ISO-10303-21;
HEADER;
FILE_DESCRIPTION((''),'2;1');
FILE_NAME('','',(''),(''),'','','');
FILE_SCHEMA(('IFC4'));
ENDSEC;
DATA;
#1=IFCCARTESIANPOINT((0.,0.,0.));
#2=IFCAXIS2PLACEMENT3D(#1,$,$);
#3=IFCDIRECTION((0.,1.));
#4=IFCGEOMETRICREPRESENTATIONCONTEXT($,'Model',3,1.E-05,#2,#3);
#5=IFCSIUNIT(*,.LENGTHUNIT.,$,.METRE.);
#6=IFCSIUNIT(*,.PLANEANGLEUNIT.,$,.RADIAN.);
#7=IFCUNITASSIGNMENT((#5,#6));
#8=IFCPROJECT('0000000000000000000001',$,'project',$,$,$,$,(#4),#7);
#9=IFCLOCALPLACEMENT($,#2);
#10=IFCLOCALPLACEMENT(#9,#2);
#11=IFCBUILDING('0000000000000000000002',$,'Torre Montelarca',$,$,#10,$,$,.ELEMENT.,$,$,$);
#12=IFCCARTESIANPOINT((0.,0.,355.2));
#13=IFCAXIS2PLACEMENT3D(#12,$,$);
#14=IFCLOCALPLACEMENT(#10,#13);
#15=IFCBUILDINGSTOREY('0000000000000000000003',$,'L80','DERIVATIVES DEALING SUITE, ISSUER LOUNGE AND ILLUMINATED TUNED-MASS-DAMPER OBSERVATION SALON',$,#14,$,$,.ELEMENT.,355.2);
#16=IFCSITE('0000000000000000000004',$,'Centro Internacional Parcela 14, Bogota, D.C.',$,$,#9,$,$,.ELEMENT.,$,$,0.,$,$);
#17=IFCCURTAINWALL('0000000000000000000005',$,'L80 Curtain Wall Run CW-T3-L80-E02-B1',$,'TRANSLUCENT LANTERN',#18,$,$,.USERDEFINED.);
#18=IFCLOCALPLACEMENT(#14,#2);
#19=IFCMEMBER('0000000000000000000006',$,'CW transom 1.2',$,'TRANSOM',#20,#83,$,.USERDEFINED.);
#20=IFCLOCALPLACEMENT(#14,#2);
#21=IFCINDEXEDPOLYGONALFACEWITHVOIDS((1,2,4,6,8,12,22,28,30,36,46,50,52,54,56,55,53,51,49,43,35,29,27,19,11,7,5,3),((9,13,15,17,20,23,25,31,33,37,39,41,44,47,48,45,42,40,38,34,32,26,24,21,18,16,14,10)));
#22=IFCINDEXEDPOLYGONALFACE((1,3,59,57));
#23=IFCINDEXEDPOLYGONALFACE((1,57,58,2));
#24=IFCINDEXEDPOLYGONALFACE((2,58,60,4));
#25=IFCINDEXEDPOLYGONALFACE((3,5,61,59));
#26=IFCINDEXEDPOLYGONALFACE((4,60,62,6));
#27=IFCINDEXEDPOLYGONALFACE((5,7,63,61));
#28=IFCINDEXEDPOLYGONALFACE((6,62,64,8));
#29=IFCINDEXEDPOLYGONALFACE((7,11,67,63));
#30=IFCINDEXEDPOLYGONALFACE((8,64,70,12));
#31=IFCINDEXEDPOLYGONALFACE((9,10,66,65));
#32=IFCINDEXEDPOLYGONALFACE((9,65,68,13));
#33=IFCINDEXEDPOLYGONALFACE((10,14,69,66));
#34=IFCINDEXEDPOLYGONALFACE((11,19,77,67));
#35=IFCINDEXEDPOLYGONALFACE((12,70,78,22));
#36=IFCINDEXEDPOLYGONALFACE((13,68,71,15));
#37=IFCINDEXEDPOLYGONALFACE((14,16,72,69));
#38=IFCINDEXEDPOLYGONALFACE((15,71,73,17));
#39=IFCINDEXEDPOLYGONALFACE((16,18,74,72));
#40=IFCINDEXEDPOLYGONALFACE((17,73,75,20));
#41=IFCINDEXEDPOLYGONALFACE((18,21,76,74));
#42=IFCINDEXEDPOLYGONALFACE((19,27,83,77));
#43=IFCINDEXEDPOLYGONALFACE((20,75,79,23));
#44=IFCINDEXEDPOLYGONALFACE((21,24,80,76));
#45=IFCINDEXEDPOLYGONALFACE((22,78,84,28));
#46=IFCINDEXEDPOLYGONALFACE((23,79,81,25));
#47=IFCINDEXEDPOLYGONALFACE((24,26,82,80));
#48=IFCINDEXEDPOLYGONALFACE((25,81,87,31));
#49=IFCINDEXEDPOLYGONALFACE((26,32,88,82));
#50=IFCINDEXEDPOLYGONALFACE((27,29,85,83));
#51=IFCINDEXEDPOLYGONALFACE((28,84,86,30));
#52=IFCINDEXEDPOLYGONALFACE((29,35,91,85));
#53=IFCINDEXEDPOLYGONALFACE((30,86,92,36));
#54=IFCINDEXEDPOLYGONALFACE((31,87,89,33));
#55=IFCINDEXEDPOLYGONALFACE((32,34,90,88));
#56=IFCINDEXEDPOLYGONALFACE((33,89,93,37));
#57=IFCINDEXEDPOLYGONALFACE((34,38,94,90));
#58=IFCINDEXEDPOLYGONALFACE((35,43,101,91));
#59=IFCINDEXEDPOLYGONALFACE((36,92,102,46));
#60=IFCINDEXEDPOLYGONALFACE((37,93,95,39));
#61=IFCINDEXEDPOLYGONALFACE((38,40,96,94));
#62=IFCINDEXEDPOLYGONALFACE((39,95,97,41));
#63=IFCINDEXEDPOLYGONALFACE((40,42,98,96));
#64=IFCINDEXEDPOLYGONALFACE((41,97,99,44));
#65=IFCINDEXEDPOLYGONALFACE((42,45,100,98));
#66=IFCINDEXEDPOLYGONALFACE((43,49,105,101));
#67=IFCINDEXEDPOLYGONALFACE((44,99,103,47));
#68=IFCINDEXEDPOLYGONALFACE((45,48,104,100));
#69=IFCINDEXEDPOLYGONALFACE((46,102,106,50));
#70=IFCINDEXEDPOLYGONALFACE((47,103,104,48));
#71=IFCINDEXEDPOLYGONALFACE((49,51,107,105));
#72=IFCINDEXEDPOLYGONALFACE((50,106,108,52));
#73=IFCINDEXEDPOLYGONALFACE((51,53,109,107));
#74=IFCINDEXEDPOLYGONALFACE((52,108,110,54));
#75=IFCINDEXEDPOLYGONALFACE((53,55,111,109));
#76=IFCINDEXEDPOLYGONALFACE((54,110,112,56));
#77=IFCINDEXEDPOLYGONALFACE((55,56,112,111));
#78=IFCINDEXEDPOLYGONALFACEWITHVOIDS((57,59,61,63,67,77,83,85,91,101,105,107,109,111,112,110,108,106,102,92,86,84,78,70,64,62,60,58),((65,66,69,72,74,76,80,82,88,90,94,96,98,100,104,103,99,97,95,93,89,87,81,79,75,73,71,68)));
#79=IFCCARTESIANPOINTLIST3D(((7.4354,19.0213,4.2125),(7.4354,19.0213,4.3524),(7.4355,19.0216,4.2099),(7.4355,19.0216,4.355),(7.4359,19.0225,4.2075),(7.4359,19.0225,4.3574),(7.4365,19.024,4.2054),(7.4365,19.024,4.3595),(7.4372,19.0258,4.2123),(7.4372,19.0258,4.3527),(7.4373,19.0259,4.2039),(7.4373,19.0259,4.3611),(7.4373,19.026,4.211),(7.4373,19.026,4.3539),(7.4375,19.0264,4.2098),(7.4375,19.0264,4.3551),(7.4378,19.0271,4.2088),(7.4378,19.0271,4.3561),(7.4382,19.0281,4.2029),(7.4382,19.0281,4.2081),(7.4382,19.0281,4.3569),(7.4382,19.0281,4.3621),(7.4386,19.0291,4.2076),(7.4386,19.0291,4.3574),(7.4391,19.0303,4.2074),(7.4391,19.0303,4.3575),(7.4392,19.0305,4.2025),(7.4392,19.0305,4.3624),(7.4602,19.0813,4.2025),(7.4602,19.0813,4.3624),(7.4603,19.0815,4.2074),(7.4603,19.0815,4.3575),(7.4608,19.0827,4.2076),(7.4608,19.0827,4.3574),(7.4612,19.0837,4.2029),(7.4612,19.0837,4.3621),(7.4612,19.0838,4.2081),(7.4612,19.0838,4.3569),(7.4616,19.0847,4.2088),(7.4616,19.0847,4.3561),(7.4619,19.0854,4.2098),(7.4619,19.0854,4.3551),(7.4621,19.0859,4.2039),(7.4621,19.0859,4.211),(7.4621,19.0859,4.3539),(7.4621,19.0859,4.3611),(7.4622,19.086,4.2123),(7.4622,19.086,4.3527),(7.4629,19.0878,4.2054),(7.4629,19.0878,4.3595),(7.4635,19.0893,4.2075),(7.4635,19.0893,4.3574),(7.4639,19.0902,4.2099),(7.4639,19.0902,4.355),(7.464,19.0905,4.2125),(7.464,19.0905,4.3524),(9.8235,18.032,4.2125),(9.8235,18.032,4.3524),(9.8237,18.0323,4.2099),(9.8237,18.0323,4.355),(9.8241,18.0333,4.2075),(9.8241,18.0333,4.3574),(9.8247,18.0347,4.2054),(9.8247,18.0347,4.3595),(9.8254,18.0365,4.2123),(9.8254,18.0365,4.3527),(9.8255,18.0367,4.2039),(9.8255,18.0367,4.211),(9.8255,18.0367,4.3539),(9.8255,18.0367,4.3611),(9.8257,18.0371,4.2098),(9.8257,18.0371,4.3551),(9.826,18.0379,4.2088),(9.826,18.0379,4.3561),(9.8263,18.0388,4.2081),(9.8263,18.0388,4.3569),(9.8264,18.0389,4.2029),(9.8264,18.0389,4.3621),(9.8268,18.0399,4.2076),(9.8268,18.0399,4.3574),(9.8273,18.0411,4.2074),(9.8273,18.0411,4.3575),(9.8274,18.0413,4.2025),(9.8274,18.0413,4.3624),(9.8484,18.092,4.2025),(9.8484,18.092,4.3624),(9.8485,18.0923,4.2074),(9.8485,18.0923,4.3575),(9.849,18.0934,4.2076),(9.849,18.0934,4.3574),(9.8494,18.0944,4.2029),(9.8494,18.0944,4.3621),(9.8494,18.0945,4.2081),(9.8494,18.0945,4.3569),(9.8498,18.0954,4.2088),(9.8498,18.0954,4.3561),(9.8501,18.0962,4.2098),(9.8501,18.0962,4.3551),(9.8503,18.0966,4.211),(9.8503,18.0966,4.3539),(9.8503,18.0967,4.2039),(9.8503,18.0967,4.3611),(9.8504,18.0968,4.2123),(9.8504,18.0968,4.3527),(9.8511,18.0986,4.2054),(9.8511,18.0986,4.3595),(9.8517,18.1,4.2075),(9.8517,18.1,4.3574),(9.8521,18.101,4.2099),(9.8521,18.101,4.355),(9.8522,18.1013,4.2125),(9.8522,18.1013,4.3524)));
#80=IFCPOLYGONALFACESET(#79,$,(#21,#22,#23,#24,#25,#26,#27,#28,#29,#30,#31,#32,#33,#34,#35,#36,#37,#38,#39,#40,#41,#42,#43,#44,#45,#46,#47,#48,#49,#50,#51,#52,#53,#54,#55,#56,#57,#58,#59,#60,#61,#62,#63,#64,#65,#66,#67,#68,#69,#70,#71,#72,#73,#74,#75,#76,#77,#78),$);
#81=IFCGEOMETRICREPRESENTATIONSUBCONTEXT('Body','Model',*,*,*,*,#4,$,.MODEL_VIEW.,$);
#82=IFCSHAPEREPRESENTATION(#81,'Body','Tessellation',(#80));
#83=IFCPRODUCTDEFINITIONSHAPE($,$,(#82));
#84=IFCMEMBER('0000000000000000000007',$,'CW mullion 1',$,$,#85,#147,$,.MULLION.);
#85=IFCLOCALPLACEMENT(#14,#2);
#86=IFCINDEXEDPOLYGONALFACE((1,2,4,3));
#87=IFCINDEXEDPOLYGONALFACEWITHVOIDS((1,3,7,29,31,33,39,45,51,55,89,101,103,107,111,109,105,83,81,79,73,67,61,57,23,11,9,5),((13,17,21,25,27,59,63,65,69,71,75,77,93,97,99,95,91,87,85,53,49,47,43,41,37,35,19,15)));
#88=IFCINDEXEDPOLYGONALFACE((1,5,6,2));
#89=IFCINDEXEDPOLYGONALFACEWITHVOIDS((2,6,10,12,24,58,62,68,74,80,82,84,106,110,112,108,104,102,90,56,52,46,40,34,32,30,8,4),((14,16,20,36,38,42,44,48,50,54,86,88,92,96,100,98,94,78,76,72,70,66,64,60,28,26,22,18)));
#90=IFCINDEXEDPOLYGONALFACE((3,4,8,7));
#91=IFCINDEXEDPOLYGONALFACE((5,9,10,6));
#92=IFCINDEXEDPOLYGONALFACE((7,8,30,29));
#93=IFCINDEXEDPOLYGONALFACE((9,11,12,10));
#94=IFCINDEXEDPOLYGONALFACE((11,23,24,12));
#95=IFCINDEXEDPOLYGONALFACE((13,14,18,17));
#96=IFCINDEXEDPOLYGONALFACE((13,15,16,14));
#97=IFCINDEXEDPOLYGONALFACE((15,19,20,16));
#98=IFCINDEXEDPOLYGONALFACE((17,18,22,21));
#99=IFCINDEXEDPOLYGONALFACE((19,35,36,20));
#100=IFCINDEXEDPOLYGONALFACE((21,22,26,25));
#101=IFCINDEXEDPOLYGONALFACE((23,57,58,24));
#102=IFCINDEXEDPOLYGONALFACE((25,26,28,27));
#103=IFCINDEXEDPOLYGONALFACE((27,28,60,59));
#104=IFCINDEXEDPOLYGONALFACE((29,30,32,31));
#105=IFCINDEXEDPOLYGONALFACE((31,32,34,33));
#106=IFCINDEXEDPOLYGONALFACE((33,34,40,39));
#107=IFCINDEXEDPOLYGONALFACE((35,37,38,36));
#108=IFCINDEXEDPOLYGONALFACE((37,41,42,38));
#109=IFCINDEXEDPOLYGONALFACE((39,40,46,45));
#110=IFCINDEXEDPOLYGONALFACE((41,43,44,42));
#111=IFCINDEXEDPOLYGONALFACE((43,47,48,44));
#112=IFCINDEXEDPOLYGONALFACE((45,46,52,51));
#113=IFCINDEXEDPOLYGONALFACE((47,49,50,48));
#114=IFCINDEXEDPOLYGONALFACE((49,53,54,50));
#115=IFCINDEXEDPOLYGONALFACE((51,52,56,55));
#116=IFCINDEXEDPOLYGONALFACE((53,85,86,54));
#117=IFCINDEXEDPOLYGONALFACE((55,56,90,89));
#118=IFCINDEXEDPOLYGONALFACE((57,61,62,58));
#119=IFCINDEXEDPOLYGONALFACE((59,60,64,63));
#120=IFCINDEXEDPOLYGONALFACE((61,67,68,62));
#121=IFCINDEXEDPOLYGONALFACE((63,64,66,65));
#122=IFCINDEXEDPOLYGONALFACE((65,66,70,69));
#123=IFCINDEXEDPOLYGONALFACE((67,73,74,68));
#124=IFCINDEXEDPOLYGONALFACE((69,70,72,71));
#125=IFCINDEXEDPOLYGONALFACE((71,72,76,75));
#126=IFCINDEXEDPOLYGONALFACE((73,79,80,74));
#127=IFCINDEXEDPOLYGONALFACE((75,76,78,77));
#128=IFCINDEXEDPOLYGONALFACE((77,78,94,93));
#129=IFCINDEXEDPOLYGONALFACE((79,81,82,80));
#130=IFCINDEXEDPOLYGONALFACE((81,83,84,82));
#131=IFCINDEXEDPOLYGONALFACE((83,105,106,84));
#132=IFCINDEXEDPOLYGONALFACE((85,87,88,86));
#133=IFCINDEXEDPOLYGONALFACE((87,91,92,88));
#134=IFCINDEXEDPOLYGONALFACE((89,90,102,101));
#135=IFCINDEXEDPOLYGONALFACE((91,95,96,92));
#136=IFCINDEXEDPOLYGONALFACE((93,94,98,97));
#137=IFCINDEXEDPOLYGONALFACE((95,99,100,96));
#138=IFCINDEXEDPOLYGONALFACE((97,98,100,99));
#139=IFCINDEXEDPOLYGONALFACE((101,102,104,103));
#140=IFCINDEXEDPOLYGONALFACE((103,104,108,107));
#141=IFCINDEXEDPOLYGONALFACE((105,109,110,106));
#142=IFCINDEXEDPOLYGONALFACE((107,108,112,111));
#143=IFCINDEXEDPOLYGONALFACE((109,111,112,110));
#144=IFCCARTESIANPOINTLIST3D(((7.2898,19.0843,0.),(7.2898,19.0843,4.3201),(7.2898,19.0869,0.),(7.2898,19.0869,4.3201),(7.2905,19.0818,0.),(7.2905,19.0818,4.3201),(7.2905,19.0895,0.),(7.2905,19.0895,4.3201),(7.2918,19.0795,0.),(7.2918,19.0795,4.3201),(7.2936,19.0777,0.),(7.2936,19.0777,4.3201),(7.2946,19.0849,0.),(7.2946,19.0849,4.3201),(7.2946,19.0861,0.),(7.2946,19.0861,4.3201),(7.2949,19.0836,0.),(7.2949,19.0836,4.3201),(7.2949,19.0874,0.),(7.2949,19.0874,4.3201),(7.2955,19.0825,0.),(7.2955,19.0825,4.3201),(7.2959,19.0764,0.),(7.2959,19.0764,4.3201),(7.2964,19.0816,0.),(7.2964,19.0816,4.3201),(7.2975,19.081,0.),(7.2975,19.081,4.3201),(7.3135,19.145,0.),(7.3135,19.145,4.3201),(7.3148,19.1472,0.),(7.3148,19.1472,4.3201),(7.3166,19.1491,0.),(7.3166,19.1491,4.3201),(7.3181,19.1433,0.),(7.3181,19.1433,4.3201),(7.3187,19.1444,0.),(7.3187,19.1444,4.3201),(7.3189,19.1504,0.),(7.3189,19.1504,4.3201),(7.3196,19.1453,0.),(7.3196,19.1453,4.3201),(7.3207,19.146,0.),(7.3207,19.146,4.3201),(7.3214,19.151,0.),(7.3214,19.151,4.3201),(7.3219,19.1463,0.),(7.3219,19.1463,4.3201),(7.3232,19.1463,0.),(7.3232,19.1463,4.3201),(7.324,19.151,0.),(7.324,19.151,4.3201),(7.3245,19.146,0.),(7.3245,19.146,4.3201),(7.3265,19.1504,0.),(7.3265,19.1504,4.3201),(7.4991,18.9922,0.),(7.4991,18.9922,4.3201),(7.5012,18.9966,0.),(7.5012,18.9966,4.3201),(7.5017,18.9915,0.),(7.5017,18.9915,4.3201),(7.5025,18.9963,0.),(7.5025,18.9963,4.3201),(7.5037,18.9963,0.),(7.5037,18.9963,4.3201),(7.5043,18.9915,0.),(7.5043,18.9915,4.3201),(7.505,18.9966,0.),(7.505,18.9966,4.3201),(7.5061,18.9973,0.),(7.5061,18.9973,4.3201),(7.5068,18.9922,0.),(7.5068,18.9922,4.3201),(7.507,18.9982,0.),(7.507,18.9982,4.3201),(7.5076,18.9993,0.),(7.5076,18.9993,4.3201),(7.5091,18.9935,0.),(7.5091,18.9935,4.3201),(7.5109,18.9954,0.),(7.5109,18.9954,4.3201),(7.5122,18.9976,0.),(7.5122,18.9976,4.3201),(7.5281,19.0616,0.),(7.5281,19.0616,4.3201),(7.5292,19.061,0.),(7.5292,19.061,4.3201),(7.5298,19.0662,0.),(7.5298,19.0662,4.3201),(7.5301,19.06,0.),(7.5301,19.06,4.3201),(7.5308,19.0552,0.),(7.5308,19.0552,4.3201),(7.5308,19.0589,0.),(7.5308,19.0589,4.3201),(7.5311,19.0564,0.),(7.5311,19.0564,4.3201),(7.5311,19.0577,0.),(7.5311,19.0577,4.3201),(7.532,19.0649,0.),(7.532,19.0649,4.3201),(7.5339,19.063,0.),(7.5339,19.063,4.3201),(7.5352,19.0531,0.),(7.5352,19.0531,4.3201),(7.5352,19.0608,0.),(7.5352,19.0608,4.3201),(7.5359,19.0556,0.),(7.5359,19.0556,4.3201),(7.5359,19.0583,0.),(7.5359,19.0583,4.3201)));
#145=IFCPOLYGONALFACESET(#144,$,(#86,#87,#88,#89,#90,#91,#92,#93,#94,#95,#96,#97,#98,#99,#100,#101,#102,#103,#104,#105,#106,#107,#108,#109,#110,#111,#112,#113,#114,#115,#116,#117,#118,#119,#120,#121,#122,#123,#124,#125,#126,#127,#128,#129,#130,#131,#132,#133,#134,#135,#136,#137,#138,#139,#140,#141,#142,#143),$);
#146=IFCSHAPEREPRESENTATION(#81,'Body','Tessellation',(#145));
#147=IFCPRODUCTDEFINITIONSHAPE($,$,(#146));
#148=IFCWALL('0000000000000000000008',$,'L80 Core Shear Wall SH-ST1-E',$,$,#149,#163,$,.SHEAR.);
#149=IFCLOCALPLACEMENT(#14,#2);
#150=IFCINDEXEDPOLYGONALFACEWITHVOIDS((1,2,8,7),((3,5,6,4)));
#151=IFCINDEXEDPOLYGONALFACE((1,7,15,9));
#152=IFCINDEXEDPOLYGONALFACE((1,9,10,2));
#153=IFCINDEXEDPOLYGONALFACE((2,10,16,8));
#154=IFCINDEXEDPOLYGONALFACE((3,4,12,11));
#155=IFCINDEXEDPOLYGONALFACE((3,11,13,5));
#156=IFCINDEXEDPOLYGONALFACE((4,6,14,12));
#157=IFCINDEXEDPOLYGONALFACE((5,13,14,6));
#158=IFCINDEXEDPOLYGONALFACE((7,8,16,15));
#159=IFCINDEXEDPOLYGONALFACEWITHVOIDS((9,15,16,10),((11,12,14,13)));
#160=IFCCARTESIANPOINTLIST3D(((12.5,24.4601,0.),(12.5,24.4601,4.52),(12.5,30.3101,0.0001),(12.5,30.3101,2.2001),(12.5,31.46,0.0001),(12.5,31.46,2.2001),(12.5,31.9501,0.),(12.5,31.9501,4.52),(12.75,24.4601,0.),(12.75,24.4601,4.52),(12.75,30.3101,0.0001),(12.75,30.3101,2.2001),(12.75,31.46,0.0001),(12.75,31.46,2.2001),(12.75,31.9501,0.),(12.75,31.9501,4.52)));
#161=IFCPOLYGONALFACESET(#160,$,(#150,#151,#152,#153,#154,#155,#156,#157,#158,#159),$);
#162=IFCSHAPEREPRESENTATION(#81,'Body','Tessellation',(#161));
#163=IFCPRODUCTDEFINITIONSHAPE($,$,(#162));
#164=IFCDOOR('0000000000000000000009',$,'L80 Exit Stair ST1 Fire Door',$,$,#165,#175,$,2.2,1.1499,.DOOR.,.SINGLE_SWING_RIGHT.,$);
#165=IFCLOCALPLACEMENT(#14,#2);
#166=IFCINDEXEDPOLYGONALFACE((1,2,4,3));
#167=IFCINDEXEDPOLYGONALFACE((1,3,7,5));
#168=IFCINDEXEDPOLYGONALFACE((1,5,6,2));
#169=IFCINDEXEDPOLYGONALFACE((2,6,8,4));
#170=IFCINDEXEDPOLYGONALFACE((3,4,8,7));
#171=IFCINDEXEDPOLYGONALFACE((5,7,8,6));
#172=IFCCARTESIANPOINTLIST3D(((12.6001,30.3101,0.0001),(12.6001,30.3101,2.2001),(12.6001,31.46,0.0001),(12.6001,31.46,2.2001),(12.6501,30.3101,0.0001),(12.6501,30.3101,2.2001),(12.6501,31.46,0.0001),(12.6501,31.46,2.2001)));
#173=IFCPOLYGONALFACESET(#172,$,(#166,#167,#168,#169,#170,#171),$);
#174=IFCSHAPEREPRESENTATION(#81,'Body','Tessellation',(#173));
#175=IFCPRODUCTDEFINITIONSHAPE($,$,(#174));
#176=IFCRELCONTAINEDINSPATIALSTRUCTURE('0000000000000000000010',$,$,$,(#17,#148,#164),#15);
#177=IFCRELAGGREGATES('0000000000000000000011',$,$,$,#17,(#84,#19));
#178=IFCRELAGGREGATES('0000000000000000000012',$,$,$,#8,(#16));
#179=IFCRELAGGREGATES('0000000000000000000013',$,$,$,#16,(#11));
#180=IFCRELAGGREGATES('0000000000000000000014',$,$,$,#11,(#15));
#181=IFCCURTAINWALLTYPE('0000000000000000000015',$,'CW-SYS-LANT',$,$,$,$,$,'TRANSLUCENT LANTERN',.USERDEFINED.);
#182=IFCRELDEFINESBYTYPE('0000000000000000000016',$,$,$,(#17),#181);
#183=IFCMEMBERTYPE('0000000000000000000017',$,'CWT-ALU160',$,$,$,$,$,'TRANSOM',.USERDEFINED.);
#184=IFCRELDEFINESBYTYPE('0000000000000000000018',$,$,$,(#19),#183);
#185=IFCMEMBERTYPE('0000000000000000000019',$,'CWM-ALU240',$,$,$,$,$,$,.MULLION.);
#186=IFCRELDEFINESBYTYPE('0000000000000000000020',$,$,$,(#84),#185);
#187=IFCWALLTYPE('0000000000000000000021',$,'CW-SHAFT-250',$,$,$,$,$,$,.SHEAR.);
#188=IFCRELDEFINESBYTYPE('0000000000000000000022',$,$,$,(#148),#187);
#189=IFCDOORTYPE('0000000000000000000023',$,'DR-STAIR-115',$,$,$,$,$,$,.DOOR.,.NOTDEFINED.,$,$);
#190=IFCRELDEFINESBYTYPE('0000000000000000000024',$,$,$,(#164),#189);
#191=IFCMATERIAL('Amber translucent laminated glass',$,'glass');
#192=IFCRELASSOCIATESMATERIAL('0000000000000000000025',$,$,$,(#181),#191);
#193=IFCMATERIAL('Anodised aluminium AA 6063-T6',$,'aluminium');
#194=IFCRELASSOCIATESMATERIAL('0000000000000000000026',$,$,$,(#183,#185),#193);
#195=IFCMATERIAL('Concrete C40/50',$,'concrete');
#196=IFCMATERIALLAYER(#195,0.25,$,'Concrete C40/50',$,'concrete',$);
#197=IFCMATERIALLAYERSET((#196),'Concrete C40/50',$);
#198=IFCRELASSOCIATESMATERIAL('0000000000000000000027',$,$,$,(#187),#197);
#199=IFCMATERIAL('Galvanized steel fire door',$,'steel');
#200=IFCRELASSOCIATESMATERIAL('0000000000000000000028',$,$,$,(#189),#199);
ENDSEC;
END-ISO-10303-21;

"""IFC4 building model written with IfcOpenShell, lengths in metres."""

from ifc_helpers import new_model, si_unit, direction, frame, frame_2d, origin, origin_2d, place, context, subcontext, project, spatial, rectangle, hollow_rectangle, extrude, source, transform, mapped, material, layer, layer_set, material_profile, profile_set, type_object, element, fill, aggregate, save


model = new_model("IFC4")

# Units and contexts
model_context = context("Model", 3, precision=1e-05, world=origin(), true_north=direction((0.0, 1.0)))
body_context = subcontext(model_context, "Body", "Model", "MODEL_VIEW")
ifc_project = project(units=[si_unit("LENGTHUNIT", "METRE"), si_unit("PLANEANGLEUNIT", "RADIAN")], contexts=[model_context])

# Site, building, storey
site_placement = place(None, origin())
site = spatial("IfcSite", under=ifc_project, at=site_placement, Name="Centro Internacional Parcela 14, Bogota, D.C.", CompositionType="ELEMENT", RefElevation=0.0)
building_placement = place(site_placement, origin())
building = spatial("IfcBuilding", under=site, at=building_placement, Name="Torre Montelarca", CompositionType="ELEMENT")
storey_placement = place(building_placement, frame((0.0, 0.0, 355.2)))
storey = spatial("IfcBuildingStorey", under=building, at=storey_placement, Name="L80", Description="DERIVATIVES DEALING SUITE, ISSUER LOUNGE AND ILLUMINATED TUNED-MASS-DAMPER OBSERVATION SALON", CompositionType="ELEMENT", Elevation=355.2)

# Shared definitions
ifc_material_1 = material(Name="Concrete C40/50", Category="concrete")

# Curtain wall, members
ifc_material_2 = material(Name="Amber translucent laminated glass", Category="glass")
curtain_wall_type = type_object("IfcCurtainWallType", Name="CW-SYS-LANT", ElementType="TRANSLUCENT LANTERN", PredefinedType="USERDEFINED", material=ifc_material_2)
curtain_wall_placement = place(storey_placement, origin())
curtain_wall = element("IfcCurtainWall", 1, at=curtain_wall_placement, inside=storey, type_object=curtain_wall_type, Name="L80 Curtain Wall Run CW-T3-L80-E02-B1", ObjectType="TRANSLUCENT LANTERN", PredefinedType="USERDEFINED")
ifc_material_3 = material(Name="Anodised aluminium AA 6063-T6", Category="aluminium")
ifc_material_profile_1 = material_profile(ifc_material_3, hollow_rectangle(XDim=0.075, YDim=0.1599, WallThickness=0.0049, InnerFilletRadius=0.0049, OuterFilletRadius=0.01, at=origin_2d()), Name="ALU75X160X5", Category="aluminium")
ifc_profile_set_1 = profile_set([ifc_material_profile_1], Name="Anodised aluminium AA 6063-T6")
member_type_1 = type_object("IfcMemberType", Name="CWT-ALU160", ElementType="TRANSOM", PredefinedType="USERDEFINED", material=ifc_profile_set_1)
shared_shape_1 = source(origin(), body_context, "Body", "SweptSolid", [
    extrude(hollow_rectangle(XDim=0.075, YDim=0.1599, WallThickness=0.0049, InnerFilletRadius=0.0049, OuterFilletRadius=0.01, at=origin_2d()), origin(), (0.0, 0.0, 1.0), 2.585),
])
member_1_placement = place(storey_placement, frame((7.4497, 19.0559, 4.2825), z_axis=(0.923874, -0.382697, 0.0), x_axis=(0.382697, 0.923874, 0.0)))
member_1 = element("IfcMember", 2, at=member_1_placement, type_object=member_type_1, Name="CW transom 1.2", ObjectType="TRANSOM", PredefinedType="USERDEFINED", context=body_context, shape_type="MappedRepresentation", body=[
    mapped(shared_shape_1, transform((0.0, 0.0, 0.0), scale=1.0)),
])
ifc_material_profile_2 = material_profile(ifc_material_3, hollow_rectangle(XDim=0.0801, YDim=0.24, WallThickness=0.0049, InnerFilletRadius=0.0049, OuterFilletRadius=0.01, at=origin_2d()), Name="ALU80X240X5", Category="aluminium")
ifc_profile_set_2 = profile_set([ifc_material_profile_2], Name="Anodised aluminium AA 6063-T6")
member_type_2 = type_object("IfcMemberType", Name="CWM-ALU240", PredefinedType="MULLION", material=ifc_profile_set_2)
shared_shape_2 = source(origin(), body_context, "Body", "SweptSolid", [
    extrude(hollow_rectangle(XDim=0.0801, YDim=0.24, WallThickness=0.0049, InnerFilletRadius=0.0049, OuterFilletRadius=0.01, at=origin_2d()), origin(), (0.0, 0.0, 1.0), 4.3201),
])
member_2_placement = place(storey_placement, frame((7.4128, 19.0713, 0.0), z_axis=(0.0, 0.0, 1.0), x_axis=(0.382664, 0.923888, 0.0)))
member_2 = element("IfcMember", 3, at=member_2_placement, type_object=member_type_2, Name="CW mullion 1", PredefinedType="MULLION", context=body_context, shape_type="MappedRepresentation", body=[
    mapped(shared_shape_2, transform((0.0, 0.0, 0.0), scale=1.0)),
])
aggregate(curtain_wall, [member_2, member_1])

# Wall, opening, door
ifc_layer_1 = layer(ifc_material_1, 0.25, Name="Concrete C40/50", Category="concrete")
ifc_layer_set_1 = layer_set([ifc_layer_1], Name="Concrete C40/50")
wall_type_1 = type_object("IfcWallType", Name="CW-SHAFT-250", PredefinedType="SHEAR", material=ifc_layer_set_1)
wall_1_placement = place(storey_placement, frame((12.625, 24.46, 0.0), z_axis=(0.0, 0.0, 1.0), x_axis=(0.0, 1.0, 0.0)))
wall_1 = element("IfcWall", 4, at=wall_1_placement, inside=storey, type_object=wall_type_1, Name="L80 Core Shear Wall SH-ST1-E", PredefinedType="SHEAR", context=body_context, shape_type="SweptSolid", body=[
    extrude(rectangle(XDim=7.49, YDim=0.25, at=frame_2d((3.7451, 0.0))), origin(), (0.0, 0.0, 1.0), 4.52),
])
opening_1_placement = place(wall_1_placement, frame((5.8501, 0.0, 0.0)))
opening_1 = element("IfcOpeningElement", 5, at=opening_1_placement, cuts=wall_1, PredefinedType="OPENING", context=body_context, shape_type="SweptSolid", body=[
    extrude(rectangle(XDim=1.1499, YDim=2.2, at=frame_2d((0.575, 1.1001))), frame((0.0, 0.135, 0.0), z_axis=(0.0, -1.0, 0.0), x_axis=(1.0, 0.0, 0.0)), (0.0, 0.0, 1.0), 0.27),
])
ifc_material_4 = material(Name="Galvanized steel fire door", Category="steel")
door_type_1 = type_object("IfcDoorType", Name="DR-STAIR-115", OperationType="NOTDEFINED", PredefinedType="DOOR", material=ifc_material_4)
shared_shape_3 = source(origin(), body_context, "Body", "SweptSolid", [
    extrude(rectangle(XDim=1.1499, YDim=2.2, at=frame_2d((0.575, 1.1001))), frame((0.0, 0.0249, 0.0), z_axis=(0.0, -1.0, 0.0), x_axis=(1.0, 0.0, 0.0)), (0.0, 0.0, 1.0), 0.05),
])
door_1_placement = place(opening_1_placement, origin())
door_1 = element("IfcDoor", 6, at=door_1_placement, inside=storey, type_object=door_type_1, Name="L80 Exit Stair ST1 Fire Door", OperationType="SINGLE_SWING_RIGHT", OverallHeight=2.2, OverallWidth=1.1499, PredefinedType="DOOR", context=body_context, shape_type="MappedRepresentation", body=[
    mapped(shared_shape_3, transform((0.0, 0.0, 0.0), scale=1.0)),
])
fill(opening_1, door_1)

save(model, "model.ifc")
